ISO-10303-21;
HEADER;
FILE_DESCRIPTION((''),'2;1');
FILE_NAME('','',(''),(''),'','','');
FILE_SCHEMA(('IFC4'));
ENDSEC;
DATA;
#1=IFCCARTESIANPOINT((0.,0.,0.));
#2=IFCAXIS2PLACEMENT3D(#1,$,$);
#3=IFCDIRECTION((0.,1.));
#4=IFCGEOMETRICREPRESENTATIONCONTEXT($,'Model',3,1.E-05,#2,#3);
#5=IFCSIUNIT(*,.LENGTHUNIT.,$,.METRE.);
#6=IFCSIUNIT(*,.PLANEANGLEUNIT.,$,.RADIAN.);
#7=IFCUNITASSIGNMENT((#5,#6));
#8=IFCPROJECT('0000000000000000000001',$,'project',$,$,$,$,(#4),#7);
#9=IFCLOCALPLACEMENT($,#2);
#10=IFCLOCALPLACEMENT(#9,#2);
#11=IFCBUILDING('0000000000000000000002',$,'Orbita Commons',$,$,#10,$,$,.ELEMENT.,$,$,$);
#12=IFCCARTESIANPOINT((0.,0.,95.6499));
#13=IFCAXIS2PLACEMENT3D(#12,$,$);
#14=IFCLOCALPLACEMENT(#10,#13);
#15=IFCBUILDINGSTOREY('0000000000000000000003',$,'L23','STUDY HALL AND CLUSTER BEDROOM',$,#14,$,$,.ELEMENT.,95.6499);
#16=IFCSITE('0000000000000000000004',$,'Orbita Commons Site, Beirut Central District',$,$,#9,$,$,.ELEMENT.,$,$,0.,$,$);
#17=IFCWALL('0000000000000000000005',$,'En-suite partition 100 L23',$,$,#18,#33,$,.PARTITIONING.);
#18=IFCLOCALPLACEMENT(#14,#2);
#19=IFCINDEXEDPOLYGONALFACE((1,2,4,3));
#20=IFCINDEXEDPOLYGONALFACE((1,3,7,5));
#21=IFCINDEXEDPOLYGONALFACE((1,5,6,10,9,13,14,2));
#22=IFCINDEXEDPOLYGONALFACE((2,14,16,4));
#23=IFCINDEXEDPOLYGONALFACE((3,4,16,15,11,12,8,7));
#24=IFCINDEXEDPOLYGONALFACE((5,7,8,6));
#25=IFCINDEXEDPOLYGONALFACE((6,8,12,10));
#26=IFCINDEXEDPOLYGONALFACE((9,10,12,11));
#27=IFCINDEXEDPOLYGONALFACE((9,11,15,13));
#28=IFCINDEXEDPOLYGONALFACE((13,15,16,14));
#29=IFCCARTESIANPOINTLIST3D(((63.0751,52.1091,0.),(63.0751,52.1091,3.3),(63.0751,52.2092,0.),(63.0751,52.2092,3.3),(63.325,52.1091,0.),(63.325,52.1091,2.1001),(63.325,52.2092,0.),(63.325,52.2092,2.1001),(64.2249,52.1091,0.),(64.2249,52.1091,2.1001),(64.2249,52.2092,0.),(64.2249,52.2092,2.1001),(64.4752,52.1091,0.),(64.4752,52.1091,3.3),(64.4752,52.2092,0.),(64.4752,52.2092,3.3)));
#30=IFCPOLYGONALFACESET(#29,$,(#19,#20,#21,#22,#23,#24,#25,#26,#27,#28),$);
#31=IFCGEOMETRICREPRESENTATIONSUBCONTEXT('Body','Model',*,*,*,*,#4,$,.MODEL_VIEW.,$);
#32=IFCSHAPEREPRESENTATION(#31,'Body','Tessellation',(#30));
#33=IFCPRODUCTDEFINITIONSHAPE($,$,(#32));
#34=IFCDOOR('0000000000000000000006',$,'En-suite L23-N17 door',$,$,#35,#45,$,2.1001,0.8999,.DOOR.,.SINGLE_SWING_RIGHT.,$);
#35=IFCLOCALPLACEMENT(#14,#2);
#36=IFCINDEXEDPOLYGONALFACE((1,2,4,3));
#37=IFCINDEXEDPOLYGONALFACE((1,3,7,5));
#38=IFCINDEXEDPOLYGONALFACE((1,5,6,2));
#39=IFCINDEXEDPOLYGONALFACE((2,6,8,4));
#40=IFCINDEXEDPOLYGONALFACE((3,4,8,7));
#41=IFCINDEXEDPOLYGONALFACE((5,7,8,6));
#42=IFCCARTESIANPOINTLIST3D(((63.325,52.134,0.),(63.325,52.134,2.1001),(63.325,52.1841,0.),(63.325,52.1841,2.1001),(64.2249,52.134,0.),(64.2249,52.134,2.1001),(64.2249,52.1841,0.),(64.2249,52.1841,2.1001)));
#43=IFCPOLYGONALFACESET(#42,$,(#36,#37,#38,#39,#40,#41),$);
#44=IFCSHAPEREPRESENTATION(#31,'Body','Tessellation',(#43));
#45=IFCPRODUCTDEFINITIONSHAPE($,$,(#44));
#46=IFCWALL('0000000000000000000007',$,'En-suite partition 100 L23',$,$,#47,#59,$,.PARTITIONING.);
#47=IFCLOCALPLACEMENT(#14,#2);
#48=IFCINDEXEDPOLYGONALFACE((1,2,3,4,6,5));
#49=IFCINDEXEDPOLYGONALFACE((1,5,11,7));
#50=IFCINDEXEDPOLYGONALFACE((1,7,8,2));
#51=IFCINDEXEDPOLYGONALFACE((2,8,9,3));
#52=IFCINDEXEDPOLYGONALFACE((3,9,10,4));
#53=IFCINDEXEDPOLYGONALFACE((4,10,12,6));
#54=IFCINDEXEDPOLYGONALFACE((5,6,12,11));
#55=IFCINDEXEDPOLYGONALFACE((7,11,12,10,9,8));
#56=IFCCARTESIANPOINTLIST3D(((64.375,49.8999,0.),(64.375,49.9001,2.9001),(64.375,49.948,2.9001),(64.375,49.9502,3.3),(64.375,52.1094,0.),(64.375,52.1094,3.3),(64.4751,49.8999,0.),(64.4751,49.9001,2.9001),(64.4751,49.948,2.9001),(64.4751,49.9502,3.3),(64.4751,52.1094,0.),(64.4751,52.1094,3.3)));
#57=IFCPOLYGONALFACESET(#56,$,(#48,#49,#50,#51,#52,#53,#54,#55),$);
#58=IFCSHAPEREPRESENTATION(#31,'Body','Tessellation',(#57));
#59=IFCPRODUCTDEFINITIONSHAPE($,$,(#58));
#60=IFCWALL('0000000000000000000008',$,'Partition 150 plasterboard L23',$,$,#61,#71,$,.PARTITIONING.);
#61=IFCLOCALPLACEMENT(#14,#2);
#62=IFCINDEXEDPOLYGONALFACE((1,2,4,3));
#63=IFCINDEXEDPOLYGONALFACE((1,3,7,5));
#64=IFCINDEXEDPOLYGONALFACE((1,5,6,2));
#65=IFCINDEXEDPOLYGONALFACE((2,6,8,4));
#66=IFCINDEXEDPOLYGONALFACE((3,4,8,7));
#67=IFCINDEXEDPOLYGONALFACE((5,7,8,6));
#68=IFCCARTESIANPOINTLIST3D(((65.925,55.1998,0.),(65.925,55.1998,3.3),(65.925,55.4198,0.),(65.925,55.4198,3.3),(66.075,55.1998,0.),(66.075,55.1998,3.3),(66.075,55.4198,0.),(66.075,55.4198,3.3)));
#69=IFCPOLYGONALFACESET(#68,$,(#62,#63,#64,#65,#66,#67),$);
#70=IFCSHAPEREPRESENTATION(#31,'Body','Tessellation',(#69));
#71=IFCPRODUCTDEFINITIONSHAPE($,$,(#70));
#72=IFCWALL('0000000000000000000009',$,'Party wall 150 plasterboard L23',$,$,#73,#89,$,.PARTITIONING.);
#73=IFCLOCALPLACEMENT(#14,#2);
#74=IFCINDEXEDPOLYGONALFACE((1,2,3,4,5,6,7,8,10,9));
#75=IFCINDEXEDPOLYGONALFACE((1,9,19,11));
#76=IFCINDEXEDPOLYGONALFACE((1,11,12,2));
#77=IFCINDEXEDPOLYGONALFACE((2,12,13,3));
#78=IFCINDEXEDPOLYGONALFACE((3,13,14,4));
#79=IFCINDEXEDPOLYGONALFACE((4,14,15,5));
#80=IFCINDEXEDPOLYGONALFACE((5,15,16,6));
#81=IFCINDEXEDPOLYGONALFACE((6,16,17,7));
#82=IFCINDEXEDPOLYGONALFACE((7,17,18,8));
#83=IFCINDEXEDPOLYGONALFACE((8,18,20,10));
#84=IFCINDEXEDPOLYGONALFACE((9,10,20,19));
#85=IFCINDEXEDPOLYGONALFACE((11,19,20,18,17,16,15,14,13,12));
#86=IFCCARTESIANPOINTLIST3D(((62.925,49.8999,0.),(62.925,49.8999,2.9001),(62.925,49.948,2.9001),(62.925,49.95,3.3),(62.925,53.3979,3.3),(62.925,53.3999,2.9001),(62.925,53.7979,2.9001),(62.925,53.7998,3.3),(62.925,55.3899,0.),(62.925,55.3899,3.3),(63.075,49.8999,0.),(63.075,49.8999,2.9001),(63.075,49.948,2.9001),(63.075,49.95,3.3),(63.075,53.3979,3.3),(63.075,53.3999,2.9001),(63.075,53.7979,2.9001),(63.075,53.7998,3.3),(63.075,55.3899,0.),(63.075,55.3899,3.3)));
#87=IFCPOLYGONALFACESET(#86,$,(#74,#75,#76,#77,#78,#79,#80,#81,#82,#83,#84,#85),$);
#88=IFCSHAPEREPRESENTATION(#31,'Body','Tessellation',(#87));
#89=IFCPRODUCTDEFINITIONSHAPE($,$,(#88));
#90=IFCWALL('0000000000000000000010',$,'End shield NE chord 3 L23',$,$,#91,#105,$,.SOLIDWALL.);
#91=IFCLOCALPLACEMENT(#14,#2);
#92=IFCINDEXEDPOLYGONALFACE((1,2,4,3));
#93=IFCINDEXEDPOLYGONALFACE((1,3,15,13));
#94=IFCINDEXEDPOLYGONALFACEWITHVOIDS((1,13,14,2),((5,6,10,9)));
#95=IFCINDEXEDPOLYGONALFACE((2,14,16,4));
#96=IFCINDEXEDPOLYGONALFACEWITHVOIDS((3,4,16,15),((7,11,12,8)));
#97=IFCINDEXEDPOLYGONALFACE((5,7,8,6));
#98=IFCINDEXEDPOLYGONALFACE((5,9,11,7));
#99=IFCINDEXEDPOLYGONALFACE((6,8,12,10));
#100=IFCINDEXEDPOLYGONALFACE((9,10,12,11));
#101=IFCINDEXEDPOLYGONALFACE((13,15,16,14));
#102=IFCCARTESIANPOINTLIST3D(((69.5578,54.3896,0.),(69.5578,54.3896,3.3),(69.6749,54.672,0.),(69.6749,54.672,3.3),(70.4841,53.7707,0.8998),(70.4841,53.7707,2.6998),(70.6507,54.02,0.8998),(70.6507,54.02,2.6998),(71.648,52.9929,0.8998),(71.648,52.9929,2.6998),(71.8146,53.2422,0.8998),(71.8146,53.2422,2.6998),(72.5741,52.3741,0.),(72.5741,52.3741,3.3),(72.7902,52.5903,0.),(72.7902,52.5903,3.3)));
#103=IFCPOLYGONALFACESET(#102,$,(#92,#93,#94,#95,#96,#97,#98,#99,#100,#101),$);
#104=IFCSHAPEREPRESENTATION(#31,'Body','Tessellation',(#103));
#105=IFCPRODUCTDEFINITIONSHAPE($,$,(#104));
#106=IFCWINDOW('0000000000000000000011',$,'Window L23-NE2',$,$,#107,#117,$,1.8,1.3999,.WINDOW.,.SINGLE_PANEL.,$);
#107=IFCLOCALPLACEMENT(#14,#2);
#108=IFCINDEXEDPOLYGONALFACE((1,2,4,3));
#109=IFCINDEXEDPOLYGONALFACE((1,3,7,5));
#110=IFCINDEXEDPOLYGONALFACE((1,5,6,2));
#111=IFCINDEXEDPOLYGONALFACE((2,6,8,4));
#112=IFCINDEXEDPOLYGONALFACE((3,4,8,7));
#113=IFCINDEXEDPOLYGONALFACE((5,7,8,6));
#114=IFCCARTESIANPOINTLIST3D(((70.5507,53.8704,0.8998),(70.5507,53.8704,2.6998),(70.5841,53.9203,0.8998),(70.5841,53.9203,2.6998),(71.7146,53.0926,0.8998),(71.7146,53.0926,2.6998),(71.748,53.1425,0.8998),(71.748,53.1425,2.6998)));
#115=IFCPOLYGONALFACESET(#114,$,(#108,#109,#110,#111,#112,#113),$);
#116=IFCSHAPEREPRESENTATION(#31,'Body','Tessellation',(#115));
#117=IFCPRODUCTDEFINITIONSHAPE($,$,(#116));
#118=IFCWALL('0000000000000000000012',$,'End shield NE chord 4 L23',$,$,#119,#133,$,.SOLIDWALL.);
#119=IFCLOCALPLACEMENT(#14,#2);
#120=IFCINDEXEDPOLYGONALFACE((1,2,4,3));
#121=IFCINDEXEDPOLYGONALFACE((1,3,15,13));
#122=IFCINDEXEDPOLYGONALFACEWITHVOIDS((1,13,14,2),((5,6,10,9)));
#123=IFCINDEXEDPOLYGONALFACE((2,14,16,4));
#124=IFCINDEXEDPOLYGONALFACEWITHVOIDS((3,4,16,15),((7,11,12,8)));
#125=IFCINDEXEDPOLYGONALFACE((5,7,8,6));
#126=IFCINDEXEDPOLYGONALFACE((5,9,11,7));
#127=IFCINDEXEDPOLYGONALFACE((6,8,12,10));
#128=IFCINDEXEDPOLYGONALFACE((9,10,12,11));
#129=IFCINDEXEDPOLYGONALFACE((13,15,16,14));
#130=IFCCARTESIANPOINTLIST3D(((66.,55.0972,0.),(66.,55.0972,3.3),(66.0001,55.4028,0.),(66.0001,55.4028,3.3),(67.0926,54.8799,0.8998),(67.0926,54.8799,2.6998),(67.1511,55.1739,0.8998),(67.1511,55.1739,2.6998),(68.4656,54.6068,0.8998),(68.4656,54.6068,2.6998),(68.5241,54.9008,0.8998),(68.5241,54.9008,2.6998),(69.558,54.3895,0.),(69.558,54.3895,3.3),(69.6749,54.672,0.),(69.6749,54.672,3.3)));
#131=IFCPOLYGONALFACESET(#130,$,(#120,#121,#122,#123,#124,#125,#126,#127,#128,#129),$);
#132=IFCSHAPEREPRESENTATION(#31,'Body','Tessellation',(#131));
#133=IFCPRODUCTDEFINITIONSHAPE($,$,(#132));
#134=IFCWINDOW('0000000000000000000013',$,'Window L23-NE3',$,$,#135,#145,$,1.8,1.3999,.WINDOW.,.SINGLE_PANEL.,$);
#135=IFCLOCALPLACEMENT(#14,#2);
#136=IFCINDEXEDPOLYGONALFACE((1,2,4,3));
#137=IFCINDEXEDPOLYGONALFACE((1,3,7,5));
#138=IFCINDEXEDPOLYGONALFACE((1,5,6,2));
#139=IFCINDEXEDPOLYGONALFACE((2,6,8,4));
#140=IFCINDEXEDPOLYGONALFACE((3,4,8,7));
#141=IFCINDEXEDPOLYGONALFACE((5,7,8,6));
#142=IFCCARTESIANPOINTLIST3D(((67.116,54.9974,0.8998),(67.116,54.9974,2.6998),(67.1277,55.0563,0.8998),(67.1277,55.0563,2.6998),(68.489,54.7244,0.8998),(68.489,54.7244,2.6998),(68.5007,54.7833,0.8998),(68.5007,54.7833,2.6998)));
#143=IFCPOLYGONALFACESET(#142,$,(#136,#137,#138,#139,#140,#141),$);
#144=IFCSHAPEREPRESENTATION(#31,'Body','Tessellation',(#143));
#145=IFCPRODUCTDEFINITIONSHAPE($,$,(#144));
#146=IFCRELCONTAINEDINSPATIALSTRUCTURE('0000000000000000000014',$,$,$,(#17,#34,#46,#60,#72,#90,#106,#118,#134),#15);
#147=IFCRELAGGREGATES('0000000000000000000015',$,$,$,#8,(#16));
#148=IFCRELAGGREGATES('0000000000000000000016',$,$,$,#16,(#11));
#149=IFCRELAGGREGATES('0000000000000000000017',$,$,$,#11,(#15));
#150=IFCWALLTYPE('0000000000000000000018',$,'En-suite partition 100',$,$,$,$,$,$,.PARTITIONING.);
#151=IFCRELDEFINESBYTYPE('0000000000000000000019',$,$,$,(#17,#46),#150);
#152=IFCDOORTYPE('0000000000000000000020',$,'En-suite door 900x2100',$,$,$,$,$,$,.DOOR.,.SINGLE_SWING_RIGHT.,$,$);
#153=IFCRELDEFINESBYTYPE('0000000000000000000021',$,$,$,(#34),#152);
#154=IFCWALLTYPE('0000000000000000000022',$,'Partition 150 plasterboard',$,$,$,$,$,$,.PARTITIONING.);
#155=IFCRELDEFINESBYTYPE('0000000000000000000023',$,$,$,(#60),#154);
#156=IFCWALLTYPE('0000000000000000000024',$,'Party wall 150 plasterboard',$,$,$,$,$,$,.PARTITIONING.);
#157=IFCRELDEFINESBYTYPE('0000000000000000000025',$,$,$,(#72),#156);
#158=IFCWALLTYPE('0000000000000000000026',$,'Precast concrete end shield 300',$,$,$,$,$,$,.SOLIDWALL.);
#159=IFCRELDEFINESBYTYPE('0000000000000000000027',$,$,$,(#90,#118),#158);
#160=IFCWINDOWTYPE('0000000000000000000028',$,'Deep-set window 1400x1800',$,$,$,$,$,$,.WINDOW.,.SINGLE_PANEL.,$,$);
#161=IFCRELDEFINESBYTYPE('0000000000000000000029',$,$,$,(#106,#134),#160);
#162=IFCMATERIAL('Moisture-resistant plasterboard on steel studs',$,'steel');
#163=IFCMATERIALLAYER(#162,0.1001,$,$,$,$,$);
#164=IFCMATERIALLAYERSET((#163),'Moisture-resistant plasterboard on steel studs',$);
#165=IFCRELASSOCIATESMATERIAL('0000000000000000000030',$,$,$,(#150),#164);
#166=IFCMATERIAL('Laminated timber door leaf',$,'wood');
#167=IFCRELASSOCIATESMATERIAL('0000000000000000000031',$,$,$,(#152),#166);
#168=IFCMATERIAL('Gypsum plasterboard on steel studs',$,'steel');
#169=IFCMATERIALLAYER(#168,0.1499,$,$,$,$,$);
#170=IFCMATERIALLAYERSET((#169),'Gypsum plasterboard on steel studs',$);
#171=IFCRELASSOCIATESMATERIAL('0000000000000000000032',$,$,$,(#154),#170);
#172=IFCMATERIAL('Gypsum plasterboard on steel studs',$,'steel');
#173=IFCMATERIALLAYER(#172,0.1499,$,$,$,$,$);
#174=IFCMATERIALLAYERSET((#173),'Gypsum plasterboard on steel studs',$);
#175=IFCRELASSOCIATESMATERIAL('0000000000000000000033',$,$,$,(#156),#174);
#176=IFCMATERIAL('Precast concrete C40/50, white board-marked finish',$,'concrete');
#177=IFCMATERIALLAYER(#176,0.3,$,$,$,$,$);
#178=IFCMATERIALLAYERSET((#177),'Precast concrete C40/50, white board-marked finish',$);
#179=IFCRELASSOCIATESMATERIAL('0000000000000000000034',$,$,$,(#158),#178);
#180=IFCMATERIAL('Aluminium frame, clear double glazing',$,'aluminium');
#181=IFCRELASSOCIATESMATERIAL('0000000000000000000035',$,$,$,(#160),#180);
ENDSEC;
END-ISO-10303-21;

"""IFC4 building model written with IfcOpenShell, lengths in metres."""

from ifc_helpers import new_model, si_unit, direction, frame, frame_2d, origin, place, context, subcontext, project, spatial, polyline, rectangle, outline, extrude, material, layer, layer_set, type_object, element, fill, save


model = new_model("IFC4")

# Units and contexts
model_context = context("Model", 3, precision=1e-05, world=origin(), true_north=direction((0.0, 1.0)))
body_context = subcontext(model_context, "Body", "Model", "MODEL_VIEW")
ifc_project = project(units=[si_unit("LENGTHUNIT", "METRE"), si_unit("PLANEANGLEUNIT", "RADIAN")], contexts=[model_context])

# Site, building, storey
site_placement = place(None, origin())
site = spatial("IfcSite", under=ifc_project, at=site_placement, Name="Orbita Commons Site, Beirut Central District", CompositionType="ELEMENT", RefElevation=0.0)
building_placement = place(site_placement, origin())
building = spatial("IfcBuilding", under=site, at=building_placement, Name="Orbita Commons", CompositionType="ELEMENT")
storey_placement = place(building_placement, frame((0.0, 0.0, 95.6499)))
storey = spatial("IfcBuildingStorey", under=building, at=storey_placement, Name="L23", Description="STUDY HALL AND CLUSTER BEDROOM", CompositionType="ELEMENT", Elevation=95.6499)

# Wall, opening, door
ifc_material_1 = material(Name="Moisture-resistant plasterboard on steel studs", Category="steel")
ifc_layer_1 = layer(ifc_material_1, 0.1001)
ifc_layer_set_1 = layer_set([ifc_layer_1], Name="Moisture-resistant plasterboard on steel studs")
wall_type_1 = type_object("IfcWallType", Name="En-suite partition 100", PredefinedType="PARTITIONING", material=ifc_layer_set_1)
ifc_material_2 = material(Name="Laminated timber door leaf", Category="wood")
door_type = type_object("IfcDoorType", Name="En-suite door 900x2100", OperationType="SINGLE_SWING_RIGHT", PredefinedType="DOOR", material=ifc_material_2)
wall_1_placement = place(storey_placement, frame((63.075, 52.1592, 0.0), z_axis=(0.0, 0.0, 1.0), x_axis=(1.0, 0.0, 0.0)))
wall_1 = element("IfcWall", 1, at=wall_1_placement, inside=storey, type_object=wall_type_1, Name="En-suite partition 100 L23", PredefinedType="PARTITIONING", context=body_context, shape_type="SweptSolid", body=[
    extrude(rectangle(XDim=1.4001, YDim=0.1001, at=frame_2d((0.7002, 0.0))), origin(), (0.0, 0.0, 1.0), 3.3),
])
opening_1_placement = place(wall_1_placement, frame((0.25, 0.0, 0.0)))
opening_1 = element("IfcOpeningElement", 2, at=opening_1_placement, cuts=wall_1, PredefinedType="OPENING", context=body_context, shape_type="SweptSolid", body=[
    extrude(rectangle(XDim=0.8999, YDim=2.1001, at=frame_2d((0.45, 1.05))), frame((0.0, 0.0601, 0.0), z_axis=(0.0, -1.0, 0.0), x_axis=(1.0, 0.0, 0.0)), (0.0, 0.0, 1.0), 0.1201),
])
door_1_placement = place(opening_1_placement, origin())
door_1 = element("IfcDoor", 3, at=door_1_placement, inside=storey, type_object=door_type, Name="En-suite L23-N17 door", OperationType="SINGLE_SWING_RIGHT", OverallHeight=2.1001, OverallWidth=0.8999, PredefinedType="DOOR", context=body_context, shape_type="SweptSolid", body=[
    extrude(rectangle(XDim=0.8999, YDim=2.1001, at=frame_2d((0.45, 1.05))), frame((0.0, 0.0249, 0.0), z_axis=(0.0, -1.0, 0.0), x_axis=(1.0, 0.0, 0.0)), (0.0, 0.0, 1.0), 0.05),
])
fill(opening_1, door_1)

# Walls
wall_2_placement = place(storey_placement, frame((64.425, 52.1094, 0.0), z_axis=(0.0, 0.0, 1.0), x_axis=(0.0, -1.0, 0.0)))
element("IfcWall", 4, at=wall_2_placement, inside=storey, type_object=wall_type_1, Name="En-suite partition 100 L23", PredefinedType="PARTITIONING", context=body_context, shape_type="SweptSolid", body=[
    extrude(outline(polyline([(0.0, 0.0), (2.2095, 0.0), (2.2092, 2.9001), (2.1614, 2.9001), (2.1592, 3.3), (0.0, 3.3), (0.0, 0.0)])), frame((0.0, 0.05, 0.0), z_axis=(0.0, -1.0, 0.0), x_axis=(1.0, 0.0, 0.0)), (0.0, 0.0, 1.0), 0.1001),
])
ifc_material_3 = material(Name="Gypsum plasterboard on steel studs", Category="steel")
ifc_layer_2 = layer(ifc_material_3, 0.1499)
ifc_layer_set_2 = layer_set([ifc_layer_2], Name="Gypsum plasterboard on steel studs")
wall_type_2 = type_object("IfcWallType", Name="Partition 150 plasterboard", PredefinedType="PARTITIONING", material=ifc_layer_set_2)
wall_3_placement = place(storey_placement, frame((66.0, 55.2, 0.0), z_axis=(0.0, 0.0, 1.0), x_axis=(0.0, 1.0, 0.0)))
element("IfcWall", 5, at=wall_3_placement, inside=storey, type_object=wall_type_2, Name="Partition 150 plasterboard L23", PredefinedType="PARTITIONING", context=body_context, shape_type="SweptSolid", body=[
    extrude(rectangle(XDim=0.22, YDim=0.1499, at=frame_2d((0.1099, 0.0))), origin(), (0.0, 0.0, 1.0), 3.3),
])
ifc_material_4 = material(Name="Gypsum plasterboard on steel studs", Category="steel")
ifc_layer_3 = layer(ifc_material_4, 0.1499)
ifc_layer_set_3 = layer_set([ifc_layer_3], Name="Gypsum plasterboard on steel studs")
wall_type_3 = type_object("IfcWallType", Name="Party wall 150 plasterboard", PredefinedType="PARTITIONING", material=ifc_layer_set_3)
wall_4_placement = place(storey_placement, frame((63.0, 55.3899, 0.0), z_axis=(0.0, 0.0, 1.0), x_axis=(0.0, -1.0, 0.0)))
element("IfcWall", 6, at=wall_4_placement, inside=storey, type_object=wall_type_3, Name="Party wall 150 plasterboard L23", PredefinedType="PARTITIONING", context=body_context, shape_type="SweptSolid", body=[
    extrude(outline(polyline([(0.0, 0.0), (5.49, 0.0), (5.49, 2.9001), (5.4419, 2.9001), (5.4399, 3.3), (1.9919, 3.3), (1.99, 2.9001), (1.592, 2.9001), (1.5901, 3.3), (0.0, 3.3), (0.0, 0.0)])), frame((0.0, 0.075, 0.0), z_axis=(0.0, -1.0, 0.0), x_axis=(1.0, 0.0, 0.0)), (0.0, 0.0, 1.0), 0.1499),
])

# Walls, openings, windows
ifc_material_5 = material(Name="Precast concrete C40/50, white board-marked finish", Category="concrete")
ifc_layer_4 = layer(ifc_material_5, 0.3)
ifc_layer_set_4 = layer_set([ifc_layer_4], Name="Precast concrete C40/50, white board-marked finish")
wall_type_4 = type_object("IfcWallType", Name="Precast concrete end shield 300", PredefinedType="SOLIDWALL", material=ifc_layer_set_4)
wall_5_placement = place(storey_placement, frame((72.6821, 52.4822, 0.0), z_axis=(0.0, 0.0, 1.0), x_axis=(-0.831449, 0.555601, 0.0)))
wall_5 = element("IfcWall", 7, at=wall_5_placement, inside=storey, type_object=wall_type_4, Name="End shield NE chord 3 L23", PredefinedType="SOLIDWALL", context=body_context, shape_type="SweptSolid", body=[
    extrude(outline(polyline([(-0.0298, -0.1499), (3.717, -0.1499), (3.6575, 0.1499), (0.0298, 0.1499), (-0.0298, -0.1499)])), origin(), (0.0, 0.0, 1.0), 3.3),
])
opening_2_placement = place(wall_5_placement, frame((1.1436, 0.0, 0.8999)))
opening_2 = element("IfcOpeningElement", 8, at=opening_2_placement, cuts=wall_5, PredefinedType="OPENING", context=body_context, shape_type="SweptSolid", body=[
    extrude(rectangle(XDim=1.3999, YDim=1.8, at=frame_2d((0.7, 0.8999))), frame((0.0, 0.1599, 0.0), z_axis=(0.0, -1.0, 0.0), x_axis=(1.0, 0.0, 0.0)), (0.0, 0.0, 1.0), 0.3201),
])
ifc_material_6 = material(Name="Aluminium frame, clear double glazing", Category="aluminium")
window_type = type_object("IfcWindowType", Name="Deep-set window 1400x1800", PartitioningType="SINGLE_PANEL", PredefinedType="WINDOW", material=ifc_material_6)
window_1_placement = place(opening_2_placement, origin())
window_1 = element("IfcWindow", 9, at=window_1_placement, inside=storey, type_object=window_type, Name="Window L23-NE2", OverallHeight=1.8, OverallWidth=1.3999, PartitioningType="SINGLE_PANEL", PredefinedType="WINDOW", context=body_context, shape_type="SweptSolid", body=[
    extrude(rectangle(XDim=1.3999, YDim=1.8, at=frame_2d((0.7, 0.8999))), frame((0.0, 0.03, 0.0), z_axis=(0.0, -1.0, 0.0), x_axis=(1.0, 0.0, 0.0)), (0.0, 0.0, 1.0), 0.0601),
])
fill(opening_2, window_1)
wall_6_placement = place(storey_placement, frame((69.6165, 54.5308, 0.0), z_axis=(0.0, 0.0, 1.0), x_axis=(-0.980791, 0.195059, 0.0)))
wall_6 = element("IfcWall", 10, at=wall_6_placement, inside=storey, type_object=wall_type_4, Name="End shield NE chord 4 L23", PredefinedType="SOLIDWALL", context=body_context, shape_type="SweptSolid", body=[
    extrude(outline(polyline([(-0.0298, -0.1499), (3.717, -0.1499), (3.6575, 0.1499), (0.0298, 0.1499), (-0.0298, -0.1499)])), origin(), (0.0, 0.0, 1.0), 3.3),
])
opening_3_placement = place(wall_6_placement, frame((1.1436, 0.0, 0.8999)))
opening_3 = element("IfcOpeningElement", 11, at=opening_3_placement, cuts=wall_6, PredefinedType="OPENING", context=body_context, shape_type="SweptSolid", body=[
    extrude(rectangle(XDim=1.3999, YDim=1.8, at=frame_2d((0.7, 0.8999))), frame((0.0, 0.1599, 0.0), z_axis=(0.0, -1.0, 0.0), x_axis=(1.0, 0.0, 0.0)), (0.0, 0.0, 1.0), 0.3201),
])
window_2_placement = place(opening_3_placement, origin())
window_2 = element("IfcWindow", 12, at=window_2_placement, inside=storey, type_object=window_type, Name="Window L23-NE3", OverallHeight=1.8, OverallWidth=1.3999, PartitioningType="SINGLE_PANEL", PredefinedType="WINDOW", context=body_context, shape_type="SweptSolid", body=[
    extrude(rectangle(XDim=1.3999, YDim=1.8, at=frame_2d((0.7, 0.8999))), frame((0.0, 0.03, 0.0), z_axis=(0.0, -1.0, 0.0), x_axis=(1.0, 0.0, 0.0)), (0.0, 0.0, 1.0), 0.0601),
])
fill(opening_3, window_2)

save(model, "model.ifc")
